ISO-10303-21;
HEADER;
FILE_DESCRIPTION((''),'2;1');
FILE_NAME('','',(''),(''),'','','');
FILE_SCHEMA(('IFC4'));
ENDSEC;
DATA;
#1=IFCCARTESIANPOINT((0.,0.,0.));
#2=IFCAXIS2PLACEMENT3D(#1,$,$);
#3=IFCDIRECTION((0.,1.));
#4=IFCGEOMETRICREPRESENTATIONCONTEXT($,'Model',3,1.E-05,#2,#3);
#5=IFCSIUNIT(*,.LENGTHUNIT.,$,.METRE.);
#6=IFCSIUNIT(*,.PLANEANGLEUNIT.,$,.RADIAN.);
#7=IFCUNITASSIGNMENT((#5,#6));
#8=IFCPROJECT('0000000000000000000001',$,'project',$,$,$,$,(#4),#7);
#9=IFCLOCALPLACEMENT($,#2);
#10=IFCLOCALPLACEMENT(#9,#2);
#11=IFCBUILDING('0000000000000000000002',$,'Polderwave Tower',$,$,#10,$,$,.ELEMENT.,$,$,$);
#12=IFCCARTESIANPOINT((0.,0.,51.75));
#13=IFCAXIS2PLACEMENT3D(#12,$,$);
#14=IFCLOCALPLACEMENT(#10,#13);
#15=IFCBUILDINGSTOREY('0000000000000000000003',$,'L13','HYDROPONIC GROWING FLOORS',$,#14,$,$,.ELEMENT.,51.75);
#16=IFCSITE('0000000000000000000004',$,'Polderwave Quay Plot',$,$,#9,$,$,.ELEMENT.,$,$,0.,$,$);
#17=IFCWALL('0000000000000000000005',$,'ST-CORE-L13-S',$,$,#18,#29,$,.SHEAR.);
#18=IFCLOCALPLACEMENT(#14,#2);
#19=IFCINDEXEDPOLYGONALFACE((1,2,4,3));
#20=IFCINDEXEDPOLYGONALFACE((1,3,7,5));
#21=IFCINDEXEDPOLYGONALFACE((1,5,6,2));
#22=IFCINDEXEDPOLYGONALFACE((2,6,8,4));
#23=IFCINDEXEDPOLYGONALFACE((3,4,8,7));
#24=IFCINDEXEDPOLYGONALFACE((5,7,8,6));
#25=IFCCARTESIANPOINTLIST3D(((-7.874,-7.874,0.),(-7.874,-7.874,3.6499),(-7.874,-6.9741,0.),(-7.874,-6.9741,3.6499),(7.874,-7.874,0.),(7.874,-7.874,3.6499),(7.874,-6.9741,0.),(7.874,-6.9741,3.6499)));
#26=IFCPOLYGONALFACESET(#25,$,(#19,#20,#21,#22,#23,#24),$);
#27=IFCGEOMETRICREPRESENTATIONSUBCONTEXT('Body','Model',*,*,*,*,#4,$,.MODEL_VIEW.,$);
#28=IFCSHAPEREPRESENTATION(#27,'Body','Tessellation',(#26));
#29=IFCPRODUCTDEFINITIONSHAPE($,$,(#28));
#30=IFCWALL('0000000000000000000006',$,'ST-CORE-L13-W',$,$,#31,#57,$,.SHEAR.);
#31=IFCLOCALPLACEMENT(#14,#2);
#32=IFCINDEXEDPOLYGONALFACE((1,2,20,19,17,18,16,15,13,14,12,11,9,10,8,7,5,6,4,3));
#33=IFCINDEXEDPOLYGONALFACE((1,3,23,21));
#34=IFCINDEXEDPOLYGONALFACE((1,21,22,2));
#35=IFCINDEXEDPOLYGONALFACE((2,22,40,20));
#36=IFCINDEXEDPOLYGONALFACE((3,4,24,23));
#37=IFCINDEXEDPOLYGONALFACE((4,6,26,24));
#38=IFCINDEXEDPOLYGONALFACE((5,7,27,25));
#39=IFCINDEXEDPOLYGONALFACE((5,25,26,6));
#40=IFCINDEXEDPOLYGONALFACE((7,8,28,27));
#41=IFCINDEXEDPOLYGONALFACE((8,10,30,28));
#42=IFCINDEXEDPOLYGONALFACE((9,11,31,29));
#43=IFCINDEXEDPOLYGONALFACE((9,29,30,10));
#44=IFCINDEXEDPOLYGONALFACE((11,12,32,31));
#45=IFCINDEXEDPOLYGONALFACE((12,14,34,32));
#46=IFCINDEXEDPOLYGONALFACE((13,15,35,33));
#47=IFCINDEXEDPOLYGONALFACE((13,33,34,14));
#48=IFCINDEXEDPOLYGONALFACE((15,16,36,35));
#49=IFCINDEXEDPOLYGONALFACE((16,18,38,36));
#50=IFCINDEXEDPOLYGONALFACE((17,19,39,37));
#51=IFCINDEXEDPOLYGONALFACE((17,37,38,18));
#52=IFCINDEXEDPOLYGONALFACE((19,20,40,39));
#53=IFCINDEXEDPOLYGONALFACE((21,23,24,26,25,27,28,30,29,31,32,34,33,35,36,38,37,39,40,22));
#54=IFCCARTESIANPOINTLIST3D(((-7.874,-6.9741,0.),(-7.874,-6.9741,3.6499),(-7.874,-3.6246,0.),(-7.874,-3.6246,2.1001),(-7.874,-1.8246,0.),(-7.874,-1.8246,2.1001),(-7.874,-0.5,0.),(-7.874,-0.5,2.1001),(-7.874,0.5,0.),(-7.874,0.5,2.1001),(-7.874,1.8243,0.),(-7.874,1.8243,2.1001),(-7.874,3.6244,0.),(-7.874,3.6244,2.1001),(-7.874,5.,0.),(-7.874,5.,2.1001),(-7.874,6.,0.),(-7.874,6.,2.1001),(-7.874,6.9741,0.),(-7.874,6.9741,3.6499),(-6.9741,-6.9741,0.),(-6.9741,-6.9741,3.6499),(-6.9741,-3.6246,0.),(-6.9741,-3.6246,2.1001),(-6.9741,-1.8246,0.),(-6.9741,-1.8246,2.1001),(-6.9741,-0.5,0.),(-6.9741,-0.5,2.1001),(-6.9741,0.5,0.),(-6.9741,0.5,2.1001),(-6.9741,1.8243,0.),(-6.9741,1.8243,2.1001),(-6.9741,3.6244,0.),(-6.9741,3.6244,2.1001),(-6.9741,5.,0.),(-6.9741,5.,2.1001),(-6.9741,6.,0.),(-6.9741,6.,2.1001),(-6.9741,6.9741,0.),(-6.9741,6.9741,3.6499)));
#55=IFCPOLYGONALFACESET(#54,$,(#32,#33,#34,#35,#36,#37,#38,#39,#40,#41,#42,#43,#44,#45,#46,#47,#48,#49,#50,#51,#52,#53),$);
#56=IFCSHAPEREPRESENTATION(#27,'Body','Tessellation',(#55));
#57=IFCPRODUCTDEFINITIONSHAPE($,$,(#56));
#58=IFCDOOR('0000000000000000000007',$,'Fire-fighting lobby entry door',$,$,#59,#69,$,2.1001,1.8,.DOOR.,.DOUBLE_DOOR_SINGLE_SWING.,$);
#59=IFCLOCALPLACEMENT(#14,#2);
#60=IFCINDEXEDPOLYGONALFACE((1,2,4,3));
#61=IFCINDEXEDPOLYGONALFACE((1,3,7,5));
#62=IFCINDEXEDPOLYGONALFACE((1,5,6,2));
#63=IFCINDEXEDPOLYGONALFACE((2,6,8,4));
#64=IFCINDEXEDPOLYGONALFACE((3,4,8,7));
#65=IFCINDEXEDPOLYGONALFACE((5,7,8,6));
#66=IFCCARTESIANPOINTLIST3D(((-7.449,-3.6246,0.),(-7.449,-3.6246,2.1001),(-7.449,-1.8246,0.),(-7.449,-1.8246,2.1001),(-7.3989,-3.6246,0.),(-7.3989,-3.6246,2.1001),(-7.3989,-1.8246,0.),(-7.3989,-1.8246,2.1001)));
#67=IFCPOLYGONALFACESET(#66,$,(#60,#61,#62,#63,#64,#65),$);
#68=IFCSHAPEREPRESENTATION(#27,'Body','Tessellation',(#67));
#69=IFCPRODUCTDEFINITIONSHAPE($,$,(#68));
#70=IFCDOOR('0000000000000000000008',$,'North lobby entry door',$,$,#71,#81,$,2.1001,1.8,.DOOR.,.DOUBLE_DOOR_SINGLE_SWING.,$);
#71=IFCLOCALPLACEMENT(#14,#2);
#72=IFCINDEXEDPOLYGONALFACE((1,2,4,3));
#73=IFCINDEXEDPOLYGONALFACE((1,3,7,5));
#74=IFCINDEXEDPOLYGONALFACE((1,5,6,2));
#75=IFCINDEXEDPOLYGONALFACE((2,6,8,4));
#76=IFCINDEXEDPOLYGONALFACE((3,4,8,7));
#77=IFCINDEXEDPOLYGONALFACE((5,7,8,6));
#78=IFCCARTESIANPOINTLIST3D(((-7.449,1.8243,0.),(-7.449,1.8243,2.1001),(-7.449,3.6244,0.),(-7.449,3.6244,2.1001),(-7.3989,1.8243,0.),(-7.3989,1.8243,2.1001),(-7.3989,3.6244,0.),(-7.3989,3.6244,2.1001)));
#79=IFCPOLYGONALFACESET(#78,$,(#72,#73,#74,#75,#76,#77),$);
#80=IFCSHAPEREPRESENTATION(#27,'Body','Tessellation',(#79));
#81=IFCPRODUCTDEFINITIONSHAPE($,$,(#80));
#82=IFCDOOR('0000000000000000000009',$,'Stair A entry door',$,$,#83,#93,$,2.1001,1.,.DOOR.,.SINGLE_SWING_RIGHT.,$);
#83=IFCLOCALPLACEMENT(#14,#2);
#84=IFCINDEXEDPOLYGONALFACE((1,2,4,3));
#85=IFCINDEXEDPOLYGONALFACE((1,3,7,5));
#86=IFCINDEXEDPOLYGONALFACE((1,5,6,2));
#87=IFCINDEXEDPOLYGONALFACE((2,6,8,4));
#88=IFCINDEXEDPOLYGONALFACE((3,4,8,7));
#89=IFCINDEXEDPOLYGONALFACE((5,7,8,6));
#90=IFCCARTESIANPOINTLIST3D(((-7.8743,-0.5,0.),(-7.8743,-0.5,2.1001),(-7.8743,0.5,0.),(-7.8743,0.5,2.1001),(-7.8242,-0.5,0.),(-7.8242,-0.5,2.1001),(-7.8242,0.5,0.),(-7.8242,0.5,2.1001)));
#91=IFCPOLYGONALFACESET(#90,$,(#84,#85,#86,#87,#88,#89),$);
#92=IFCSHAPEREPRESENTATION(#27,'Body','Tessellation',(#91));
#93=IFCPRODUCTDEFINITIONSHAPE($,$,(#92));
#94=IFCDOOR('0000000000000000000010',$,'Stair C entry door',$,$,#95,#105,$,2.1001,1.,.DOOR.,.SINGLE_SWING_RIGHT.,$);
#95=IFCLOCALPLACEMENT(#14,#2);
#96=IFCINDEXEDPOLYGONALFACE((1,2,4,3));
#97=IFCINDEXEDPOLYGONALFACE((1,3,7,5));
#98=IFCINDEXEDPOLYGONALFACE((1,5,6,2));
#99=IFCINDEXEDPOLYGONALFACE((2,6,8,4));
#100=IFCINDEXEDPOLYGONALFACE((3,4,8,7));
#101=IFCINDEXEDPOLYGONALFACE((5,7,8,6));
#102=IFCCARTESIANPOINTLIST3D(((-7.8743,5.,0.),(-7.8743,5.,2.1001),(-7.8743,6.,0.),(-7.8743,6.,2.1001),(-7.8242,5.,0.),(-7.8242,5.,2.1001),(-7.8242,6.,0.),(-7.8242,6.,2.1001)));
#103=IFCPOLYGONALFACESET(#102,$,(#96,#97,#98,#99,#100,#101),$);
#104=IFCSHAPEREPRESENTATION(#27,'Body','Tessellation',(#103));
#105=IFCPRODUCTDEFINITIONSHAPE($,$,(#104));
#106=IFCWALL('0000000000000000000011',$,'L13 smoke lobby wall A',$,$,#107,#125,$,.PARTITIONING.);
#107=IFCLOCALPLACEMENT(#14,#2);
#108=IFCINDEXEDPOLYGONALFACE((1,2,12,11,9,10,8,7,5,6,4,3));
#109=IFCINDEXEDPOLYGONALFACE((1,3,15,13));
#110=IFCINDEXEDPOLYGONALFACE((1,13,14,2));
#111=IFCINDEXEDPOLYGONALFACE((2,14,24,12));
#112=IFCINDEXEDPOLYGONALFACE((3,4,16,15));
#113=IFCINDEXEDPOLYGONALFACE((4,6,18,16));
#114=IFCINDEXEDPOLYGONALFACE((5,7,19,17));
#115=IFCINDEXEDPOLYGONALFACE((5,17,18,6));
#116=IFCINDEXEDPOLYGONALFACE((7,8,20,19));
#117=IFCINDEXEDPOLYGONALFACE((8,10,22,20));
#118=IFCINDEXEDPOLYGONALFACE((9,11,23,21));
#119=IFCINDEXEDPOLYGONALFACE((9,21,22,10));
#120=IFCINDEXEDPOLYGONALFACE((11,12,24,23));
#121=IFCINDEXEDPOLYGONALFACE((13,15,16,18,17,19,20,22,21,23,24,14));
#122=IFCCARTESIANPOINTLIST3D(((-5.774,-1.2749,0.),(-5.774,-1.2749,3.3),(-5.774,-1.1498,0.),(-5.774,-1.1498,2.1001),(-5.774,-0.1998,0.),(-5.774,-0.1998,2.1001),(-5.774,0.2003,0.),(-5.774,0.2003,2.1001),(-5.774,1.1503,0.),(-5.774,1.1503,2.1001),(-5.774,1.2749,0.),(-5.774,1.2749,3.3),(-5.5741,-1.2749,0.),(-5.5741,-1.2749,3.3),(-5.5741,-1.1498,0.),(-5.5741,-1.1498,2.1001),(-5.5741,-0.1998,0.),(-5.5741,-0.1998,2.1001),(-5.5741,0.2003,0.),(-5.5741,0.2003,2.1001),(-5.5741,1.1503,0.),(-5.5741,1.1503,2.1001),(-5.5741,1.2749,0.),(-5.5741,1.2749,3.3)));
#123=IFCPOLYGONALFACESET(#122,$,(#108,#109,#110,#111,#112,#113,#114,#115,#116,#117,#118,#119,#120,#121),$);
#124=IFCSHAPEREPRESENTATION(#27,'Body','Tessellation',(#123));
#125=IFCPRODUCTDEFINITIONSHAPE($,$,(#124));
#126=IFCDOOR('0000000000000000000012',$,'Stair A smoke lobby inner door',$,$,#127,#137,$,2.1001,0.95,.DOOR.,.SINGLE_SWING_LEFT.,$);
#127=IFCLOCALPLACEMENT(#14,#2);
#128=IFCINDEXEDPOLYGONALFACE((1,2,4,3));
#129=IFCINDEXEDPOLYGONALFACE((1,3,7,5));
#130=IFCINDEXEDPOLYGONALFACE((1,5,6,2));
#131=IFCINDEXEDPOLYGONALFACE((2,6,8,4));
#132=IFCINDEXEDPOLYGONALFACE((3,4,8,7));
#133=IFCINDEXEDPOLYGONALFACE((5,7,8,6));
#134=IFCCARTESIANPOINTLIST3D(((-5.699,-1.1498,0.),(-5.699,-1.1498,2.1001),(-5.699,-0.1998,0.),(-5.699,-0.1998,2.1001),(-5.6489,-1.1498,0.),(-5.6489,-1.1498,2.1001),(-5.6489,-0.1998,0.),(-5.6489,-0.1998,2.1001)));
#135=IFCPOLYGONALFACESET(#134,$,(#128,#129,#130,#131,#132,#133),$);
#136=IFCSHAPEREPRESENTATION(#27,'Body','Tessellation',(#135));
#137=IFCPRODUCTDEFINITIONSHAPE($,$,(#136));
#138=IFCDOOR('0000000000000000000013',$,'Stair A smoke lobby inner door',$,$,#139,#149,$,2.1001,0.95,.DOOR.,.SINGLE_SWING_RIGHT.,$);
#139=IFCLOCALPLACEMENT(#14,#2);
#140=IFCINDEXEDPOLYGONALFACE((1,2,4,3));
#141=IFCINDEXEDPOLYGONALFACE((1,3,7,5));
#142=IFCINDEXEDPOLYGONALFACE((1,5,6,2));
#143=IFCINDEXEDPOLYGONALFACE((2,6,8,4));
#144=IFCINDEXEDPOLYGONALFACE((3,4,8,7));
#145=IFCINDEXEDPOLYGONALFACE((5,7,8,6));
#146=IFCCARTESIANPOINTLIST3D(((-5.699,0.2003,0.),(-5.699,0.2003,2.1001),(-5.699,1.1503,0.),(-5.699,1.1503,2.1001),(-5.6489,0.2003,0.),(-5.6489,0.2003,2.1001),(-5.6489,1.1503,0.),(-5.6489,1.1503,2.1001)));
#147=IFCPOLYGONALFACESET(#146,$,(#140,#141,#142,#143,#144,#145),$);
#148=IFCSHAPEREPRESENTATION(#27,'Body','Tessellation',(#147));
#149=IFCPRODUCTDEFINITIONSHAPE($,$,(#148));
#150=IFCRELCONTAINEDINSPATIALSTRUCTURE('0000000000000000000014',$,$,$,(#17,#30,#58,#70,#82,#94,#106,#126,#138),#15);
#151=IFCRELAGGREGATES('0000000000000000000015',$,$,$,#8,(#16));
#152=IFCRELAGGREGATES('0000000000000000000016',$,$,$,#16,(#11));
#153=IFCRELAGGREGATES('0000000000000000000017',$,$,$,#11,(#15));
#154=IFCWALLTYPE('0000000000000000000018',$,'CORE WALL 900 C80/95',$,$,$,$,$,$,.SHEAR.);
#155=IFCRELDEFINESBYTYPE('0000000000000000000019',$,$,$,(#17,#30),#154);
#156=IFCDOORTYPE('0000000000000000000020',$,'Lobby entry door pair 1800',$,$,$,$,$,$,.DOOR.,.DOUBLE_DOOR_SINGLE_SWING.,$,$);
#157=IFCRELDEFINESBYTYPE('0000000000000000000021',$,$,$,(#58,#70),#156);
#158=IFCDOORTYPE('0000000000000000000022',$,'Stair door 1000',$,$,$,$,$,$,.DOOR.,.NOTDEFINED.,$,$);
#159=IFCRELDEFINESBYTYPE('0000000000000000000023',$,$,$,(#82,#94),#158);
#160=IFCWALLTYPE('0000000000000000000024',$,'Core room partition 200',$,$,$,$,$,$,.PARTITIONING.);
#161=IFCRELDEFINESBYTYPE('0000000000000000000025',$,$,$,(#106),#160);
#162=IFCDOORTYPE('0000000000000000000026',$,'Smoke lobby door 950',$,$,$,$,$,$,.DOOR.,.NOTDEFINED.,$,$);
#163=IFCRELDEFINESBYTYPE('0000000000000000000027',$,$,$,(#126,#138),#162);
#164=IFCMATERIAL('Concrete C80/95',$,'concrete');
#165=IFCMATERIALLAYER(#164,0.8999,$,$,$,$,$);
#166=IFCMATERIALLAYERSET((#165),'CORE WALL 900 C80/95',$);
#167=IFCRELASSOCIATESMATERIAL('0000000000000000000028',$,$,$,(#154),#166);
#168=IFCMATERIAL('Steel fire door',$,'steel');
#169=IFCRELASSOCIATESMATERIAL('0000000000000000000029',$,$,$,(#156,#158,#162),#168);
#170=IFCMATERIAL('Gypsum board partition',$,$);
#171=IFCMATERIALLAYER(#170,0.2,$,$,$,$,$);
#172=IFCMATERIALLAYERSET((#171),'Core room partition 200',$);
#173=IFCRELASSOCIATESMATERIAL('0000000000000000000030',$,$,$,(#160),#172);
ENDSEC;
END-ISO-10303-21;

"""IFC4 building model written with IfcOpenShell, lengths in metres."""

from ifc_helpers import new_model, si_unit, direction, frame, frame_2d, origin, place, context, subcontext, project, spatial, rectangle, extrude, material, layer, layer_set, type_object, element, fill, save


model = new_model("IFC4")

# Units and contexts
model_context = context("Model", 3, precision=1e-05, world=origin(), true_north=direction((0.0, 1.0)))
body_context = subcontext(model_context, "Body", "Model", "MODEL_VIEW")
ifc_project = project(units=[si_unit("LENGTHUNIT", "METRE"), si_unit("PLANEANGLEUNIT", "RADIAN")], contexts=[model_context])

# Site, building, storey
site_placement = place(None, origin())
site = spatial("IfcSite", under=ifc_project, at=site_placement, Name="Polderwave Quay Plot", CompositionType="ELEMENT", RefElevation=0.0)
building_placement = place(site_placement, origin())
building = spatial("IfcBuilding", under=site, at=building_placement, Name="Polderwave Tower", CompositionType="ELEMENT")
storey_placement = place(building_placement, frame((0.0, 0.0, 51.75)))
storey = spatial("IfcBuildingStorey", under=building, at=storey_placement, Name="L13", Description="HYDROPONIC GROWING FLOORS", CompositionType="ELEMENT", Elevation=51.75)

# Wall
ifc_material_1 = material(Name="Concrete C80/95", Category="concrete")
ifc_layer_1 = layer(ifc_material_1, 0.8999)
ifc_layer_set_1 = layer_set([ifc_layer_1], Name="CORE WALL 900 C80/95")
wall_type_1 = type_object("IfcWallType", Name="CORE WALL 900 C80/95", PredefinedType="SHEAR", material=ifc_layer_set_1)
wall_1_placement = place(storey_placement, frame((-7.874, -7.4241, 0.0), z_axis=(0.0, 0.0, 1.0), x_axis=(1.0, 0.0, 0.0)))
element("IfcWall", 1, at=wall_1_placement, inside=storey, type_object=wall_type_1, Name="ST-CORE-L13-S", PredefinedType="SHEAR", context=body_context, shape_type="SweptSolid", body=[
    extrude(rectangle(XDim=15.748, YDim=0.8999, at=frame_2d((7.874, 0.0))), origin(), (0.0, 0.0, 1.0), 3.6499),
])

# Walls, openings, doors
wall_2_placement = place(storey_placement, frame((-7.4241, -6.9741, 0.0), z_axis=(0.0, 0.0, 1.0), x_axis=(0.0, 1.0, 0.0)))
wall_2 = element("IfcWall", 2, at=wall_2_placement, inside=storey, type_object=wall_type_1, Name="ST-CORE-L13-W", PredefinedType="SHEAR", context=body_context, shape_type="SweptSolid", body=[
    extrude(rectangle(XDim=13.9482, YDim=0.8999, at=frame_2d((6.9741, 0.0))), origin(), (0.0, 0.0, 1.0), 3.6499),
])
opening_1_placement = place(wall_2_placement, frame((6.4741, 0.0, 0.0)))
opening_1 = element("IfcOpeningElement", 3, at=opening_1_placement, cuts=wall_2, PredefinedType="OPENING", context=body_context, shape_type="SweptSolid", body=[
    extrude(rectangle(XDim=1.0, YDim=2.1001, at=frame_2d((0.5, 1.05))), frame((0.0, 0.46, 0.0), z_axis=(0.0, -1.0, 0.0), x_axis=(1.0, 0.0, 0.0)), (0.0, 0.0, 1.0), 0.9199),
])
opening_2_placement = place(wall_2_placement, frame((3.3496, 0.0, 0.0)))
opening_2 = element("IfcOpeningElement", 4, at=opening_2_placement, cuts=wall_2, PredefinedType="OPENING", context=body_context, shape_type="SweptSolid", body=[
    extrude(rectangle(XDim=1.8, YDim=2.1001, at=frame_2d((0.8999, 1.05))), frame((0.0, 0.46, 0.0), z_axis=(0.0, -1.0, 0.0), x_axis=(1.0, 0.0, 0.0)), (0.0, 0.0, 1.0), 0.9199),
])
opening_3_placement = place(wall_2_placement, frame((8.7986, 0.0, 0.0)))
opening_3 = element("IfcOpeningElement", 5, at=opening_3_placement, cuts=wall_2, PredefinedType="OPENING", context=body_context, shape_type="SweptSolid", body=[
    extrude(rectangle(XDim=1.8, YDim=2.1001, at=frame_2d((0.8999, 1.05))), frame((0.0, 0.46, 0.0), z_axis=(0.0, -1.0, 0.0), x_axis=(1.0, 0.0, 0.0)), (0.0, 0.0, 1.0), 0.9199),
])
opening_4_placement = place(wall_2_placement, frame((11.9741, 0.0, 0.0)))
opening_4 = element("IfcOpeningElement", 6, at=opening_4_placement, cuts=wall_2, PredefinedType="OPENING", context=body_context, shape_type="SweptSolid", body=[
    extrude(rectangle(XDim=1.0, YDim=2.1001, at=frame_2d((0.5, 1.05))), frame((0.0, 0.46, 0.0), z_axis=(0.0, -1.0, 0.0), x_axis=(1.0, 0.0, 0.0)), (0.0, 0.0, 1.0), 0.9199),
])
ifc_material_2 = material(Name="Steel fire door", Category="steel")
door_type_1 = type_object("IfcDoorType", Name="Lobby entry door pair 1800", OperationType="DOUBLE_DOOR_SINGLE_SWING", PredefinedType="DOOR", material=ifc_material_2)
door_1_placement = place(opening_2_placement, origin())
door_1 = element("IfcDoor", 7, at=door_1_placement, inside=storey, type_object=door_type_1, Name="Fire-fighting lobby entry door", OperationType="DOUBLE_DOOR_SINGLE_SWING", OverallHeight=2.1001, OverallWidth=1.8, PredefinedType="DOOR", context=body_context, shape_type="SweptSolid", body=[
    extrude(rectangle(XDim=1.8, YDim=2.1001, at=frame_2d((0.8999, 1.05))), frame((0.0, 0.0249, 0.0), z_axis=(0.0, -1.0, 0.0), x_axis=(1.0, 0.0, 0.0)), (0.0, 0.0, 1.0), 0.05),
])
fill(opening_2, door_1)
door_2_placement = place(opening_3_placement, origin())
door_2 = element("IfcDoor", 8, at=door_2_placement, inside=storey, type_object=door_type_1, Name="North lobby entry door", OperationType="DOUBLE_DOOR_SINGLE_SWING", OverallHeight=2.1001, OverallWidth=1.8, PredefinedType="DOOR", context=body_context, shape_type="SweptSolid", body=[
    extrude(rectangle(XDim=1.8, YDim=2.1001, at=frame_2d((0.8999, 1.05))), frame((0.0, 0.0249, 0.0), z_axis=(0.0, -1.0, 0.0), x_axis=(1.0, 0.0, 0.0)), (0.0, 0.0, 1.0), 0.05),
])
fill(opening_3, door_2)
door_type_2 = type_object("IfcDoorType", Name="Stair door 1000", OperationType="NOTDEFINED", PredefinedType="DOOR", material=ifc_material_2)
door_3_placement = place(opening_1_placement, origin())
door_3 = element("IfcDoor", 9, at=door_3_placement, inside=storey, type_object=door_type_2, Name="Stair A entry door", OperationType="SINGLE_SWING_RIGHT", OverallHeight=2.1001, OverallWidth=1.0, PredefinedType="DOOR", context=body_context, shape_type="SweptSolid", body=[
    extrude(rectangle(XDim=1.0, YDim=2.1001, at=frame_2d((0.5, 1.05))), frame((0.0, 0.4502, 0.0), z_axis=(0.0, -1.0, 0.0), x_axis=(1.0, 0.0, 0.0)), (0.0, 0.0, 1.0), 0.05),
])
fill(opening_1, door_3)
door_4_placement = place(opening_4_placement, origin())
door_4 = element("IfcDoor", 10, at=door_4_placement, inside=storey, type_object=door_type_2, Name="Stair C entry door", OperationType="SINGLE_SWING_RIGHT", OverallHeight=2.1001, OverallWidth=1.0, PredefinedType="DOOR", context=body_context, shape_type="SweptSolid", body=[
    extrude(rectangle(XDim=1.0, YDim=2.1001, at=frame_2d((0.5, 1.05))), frame((0.0, 0.4502, 0.0), z_axis=(0.0, -1.0, 0.0), x_axis=(1.0, 0.0, 0.0)), (0.0, 0.0, 1.0), 0.05),
])
fill(opening_4, door_4)
ifc_material_3 = material(Name="Gypsum board partition")
ifc_layer_2 = layer(ifc_material_3, 0.2)
ifc_layer_set_2 = layer_set([ifc_layer_2], Name="Core room partition 200")
wall_type_2 = type_object("IfcWallType", Name="Core room partition 200", PredefinedType="PARTITIONING", material=ifc_layer_set_2)
wall_3_placement = place(storey_placement, frame((-5.6741, -1.2749, 0.0), z_axis=(0.0, 0.0, 1.0), x_axis=(0.0, 1.0, 0.0)))
wall_3 = element("IfcWall", 11, at=wall_3_placement, inside=storey, type_object=wall_type_2, Name="L13 smoke lobby wall A", PredefinedType="PARTITIONING", context=body_context, shape_type="SweptSolid", body=[
    extrude(rectangle(XDim=2.5498, YDim=0.2, at=frame_2d((1.2749, 0.0))), origin(), (0.0, 0.0, 1.0), 3.3),
])
opening_5_placement = place(wall_3_placement, frame((0.125, 0.0, 0.0)))
opening_5 = element("IfcOpeningElement", 12, at=opening_5_placement, cuts=wall_3, PredefinedType="OPENING", context=body_context, shape_type="SweptSolid", body=[
    extrude(rectangle(XDim=0.95, YDim=2.1001, at=frame_2d((0.4751, 1.05))), frame((0.0, 0.1099, 0.0), z_axis=(0.0, -1.0, 0.0), x_axis=(1.0, 0.0, 0.0)), (0.0, 0.0, 1.0), 0.22),
])
opening_6_placement = place(wall_3_placement, frame((1.4751, 0.0, 0.0)))
opening_6 = element("IfcOpeningElement", 13, at=opening_6_placement, cuts=wall_3, PredefinedType="OPENING", context=body_context, shape_type="SweptSolid", body=[
    extrude(rectangle(XDim=0.95, YDim=2.1001, at=frame_2d((0.4751, 1.05))), frame((0.0, 0.1099, 0.0), z_axis=(0.0, -1.0, 0.0), x_axis=(1.0, 0.0, 0.0)), (0.0, 0.0, 1.0), 0.22),
])
door_type_3 = type_object("IfcDoorType", Name="Smoke lobby door 950", OperationType="NOTDEFINED", PredefinedType="DOOR", material=ifc_material_2)
door_5_placement = place(opening_5_placement, origin())
door_5 = element("IfcDoor", 14, at=door_5_placement, inside=storey, type_object=door_type_3, Name="Stair A smoke lobby inner door", OperationType="SINGLE_SWING_LEFT", OverallHeight=2.1001, OverallWidth=0.95, PredefinedType="DOOR", context=body_context, shape_type="SweptSolid", body=[
    extrude(rectangle(XDim=0.95, YDim=2.1001, at=frame_2d((0.4751, 1.05))), frame((0.0, 0.0249, 0.0), z_axis=(0.0, -1.0, 0.0), x_axis=(1.0, 0.0, 0.0)), (0.0, 0.0, 1.0), 0.05),
])
fill(opening_5, door_5)
door_6_placement = place(opening_6_placement, origin())
door_6 = element("IfcDoor", 15, at=door_6_placement, inside=storey, type_object=door_type_3, Name="Stair A smoke lobby inner door", OperationType="SINGLE_SWING_RIGHT", OverallHeight=2.1001, OverallWidth=0.95, PredefinedType="DOOR", context=body_context, shape_type="SweptSolid", body=[
    extrude(rectangle(XDim=0.95, YDim=2.1001, at=frame_2d((0.4751, 1.05))), frame((0.0, 0.0249, 0.0), z_axis=(0.0, -1.0, 0.0), x_axis=(1.0, 0.0, 0.0)), (0.0, 0.0, 1.0), 0.05),
])
fill(opening_6, door_6)

save(model, "model.ifc")
